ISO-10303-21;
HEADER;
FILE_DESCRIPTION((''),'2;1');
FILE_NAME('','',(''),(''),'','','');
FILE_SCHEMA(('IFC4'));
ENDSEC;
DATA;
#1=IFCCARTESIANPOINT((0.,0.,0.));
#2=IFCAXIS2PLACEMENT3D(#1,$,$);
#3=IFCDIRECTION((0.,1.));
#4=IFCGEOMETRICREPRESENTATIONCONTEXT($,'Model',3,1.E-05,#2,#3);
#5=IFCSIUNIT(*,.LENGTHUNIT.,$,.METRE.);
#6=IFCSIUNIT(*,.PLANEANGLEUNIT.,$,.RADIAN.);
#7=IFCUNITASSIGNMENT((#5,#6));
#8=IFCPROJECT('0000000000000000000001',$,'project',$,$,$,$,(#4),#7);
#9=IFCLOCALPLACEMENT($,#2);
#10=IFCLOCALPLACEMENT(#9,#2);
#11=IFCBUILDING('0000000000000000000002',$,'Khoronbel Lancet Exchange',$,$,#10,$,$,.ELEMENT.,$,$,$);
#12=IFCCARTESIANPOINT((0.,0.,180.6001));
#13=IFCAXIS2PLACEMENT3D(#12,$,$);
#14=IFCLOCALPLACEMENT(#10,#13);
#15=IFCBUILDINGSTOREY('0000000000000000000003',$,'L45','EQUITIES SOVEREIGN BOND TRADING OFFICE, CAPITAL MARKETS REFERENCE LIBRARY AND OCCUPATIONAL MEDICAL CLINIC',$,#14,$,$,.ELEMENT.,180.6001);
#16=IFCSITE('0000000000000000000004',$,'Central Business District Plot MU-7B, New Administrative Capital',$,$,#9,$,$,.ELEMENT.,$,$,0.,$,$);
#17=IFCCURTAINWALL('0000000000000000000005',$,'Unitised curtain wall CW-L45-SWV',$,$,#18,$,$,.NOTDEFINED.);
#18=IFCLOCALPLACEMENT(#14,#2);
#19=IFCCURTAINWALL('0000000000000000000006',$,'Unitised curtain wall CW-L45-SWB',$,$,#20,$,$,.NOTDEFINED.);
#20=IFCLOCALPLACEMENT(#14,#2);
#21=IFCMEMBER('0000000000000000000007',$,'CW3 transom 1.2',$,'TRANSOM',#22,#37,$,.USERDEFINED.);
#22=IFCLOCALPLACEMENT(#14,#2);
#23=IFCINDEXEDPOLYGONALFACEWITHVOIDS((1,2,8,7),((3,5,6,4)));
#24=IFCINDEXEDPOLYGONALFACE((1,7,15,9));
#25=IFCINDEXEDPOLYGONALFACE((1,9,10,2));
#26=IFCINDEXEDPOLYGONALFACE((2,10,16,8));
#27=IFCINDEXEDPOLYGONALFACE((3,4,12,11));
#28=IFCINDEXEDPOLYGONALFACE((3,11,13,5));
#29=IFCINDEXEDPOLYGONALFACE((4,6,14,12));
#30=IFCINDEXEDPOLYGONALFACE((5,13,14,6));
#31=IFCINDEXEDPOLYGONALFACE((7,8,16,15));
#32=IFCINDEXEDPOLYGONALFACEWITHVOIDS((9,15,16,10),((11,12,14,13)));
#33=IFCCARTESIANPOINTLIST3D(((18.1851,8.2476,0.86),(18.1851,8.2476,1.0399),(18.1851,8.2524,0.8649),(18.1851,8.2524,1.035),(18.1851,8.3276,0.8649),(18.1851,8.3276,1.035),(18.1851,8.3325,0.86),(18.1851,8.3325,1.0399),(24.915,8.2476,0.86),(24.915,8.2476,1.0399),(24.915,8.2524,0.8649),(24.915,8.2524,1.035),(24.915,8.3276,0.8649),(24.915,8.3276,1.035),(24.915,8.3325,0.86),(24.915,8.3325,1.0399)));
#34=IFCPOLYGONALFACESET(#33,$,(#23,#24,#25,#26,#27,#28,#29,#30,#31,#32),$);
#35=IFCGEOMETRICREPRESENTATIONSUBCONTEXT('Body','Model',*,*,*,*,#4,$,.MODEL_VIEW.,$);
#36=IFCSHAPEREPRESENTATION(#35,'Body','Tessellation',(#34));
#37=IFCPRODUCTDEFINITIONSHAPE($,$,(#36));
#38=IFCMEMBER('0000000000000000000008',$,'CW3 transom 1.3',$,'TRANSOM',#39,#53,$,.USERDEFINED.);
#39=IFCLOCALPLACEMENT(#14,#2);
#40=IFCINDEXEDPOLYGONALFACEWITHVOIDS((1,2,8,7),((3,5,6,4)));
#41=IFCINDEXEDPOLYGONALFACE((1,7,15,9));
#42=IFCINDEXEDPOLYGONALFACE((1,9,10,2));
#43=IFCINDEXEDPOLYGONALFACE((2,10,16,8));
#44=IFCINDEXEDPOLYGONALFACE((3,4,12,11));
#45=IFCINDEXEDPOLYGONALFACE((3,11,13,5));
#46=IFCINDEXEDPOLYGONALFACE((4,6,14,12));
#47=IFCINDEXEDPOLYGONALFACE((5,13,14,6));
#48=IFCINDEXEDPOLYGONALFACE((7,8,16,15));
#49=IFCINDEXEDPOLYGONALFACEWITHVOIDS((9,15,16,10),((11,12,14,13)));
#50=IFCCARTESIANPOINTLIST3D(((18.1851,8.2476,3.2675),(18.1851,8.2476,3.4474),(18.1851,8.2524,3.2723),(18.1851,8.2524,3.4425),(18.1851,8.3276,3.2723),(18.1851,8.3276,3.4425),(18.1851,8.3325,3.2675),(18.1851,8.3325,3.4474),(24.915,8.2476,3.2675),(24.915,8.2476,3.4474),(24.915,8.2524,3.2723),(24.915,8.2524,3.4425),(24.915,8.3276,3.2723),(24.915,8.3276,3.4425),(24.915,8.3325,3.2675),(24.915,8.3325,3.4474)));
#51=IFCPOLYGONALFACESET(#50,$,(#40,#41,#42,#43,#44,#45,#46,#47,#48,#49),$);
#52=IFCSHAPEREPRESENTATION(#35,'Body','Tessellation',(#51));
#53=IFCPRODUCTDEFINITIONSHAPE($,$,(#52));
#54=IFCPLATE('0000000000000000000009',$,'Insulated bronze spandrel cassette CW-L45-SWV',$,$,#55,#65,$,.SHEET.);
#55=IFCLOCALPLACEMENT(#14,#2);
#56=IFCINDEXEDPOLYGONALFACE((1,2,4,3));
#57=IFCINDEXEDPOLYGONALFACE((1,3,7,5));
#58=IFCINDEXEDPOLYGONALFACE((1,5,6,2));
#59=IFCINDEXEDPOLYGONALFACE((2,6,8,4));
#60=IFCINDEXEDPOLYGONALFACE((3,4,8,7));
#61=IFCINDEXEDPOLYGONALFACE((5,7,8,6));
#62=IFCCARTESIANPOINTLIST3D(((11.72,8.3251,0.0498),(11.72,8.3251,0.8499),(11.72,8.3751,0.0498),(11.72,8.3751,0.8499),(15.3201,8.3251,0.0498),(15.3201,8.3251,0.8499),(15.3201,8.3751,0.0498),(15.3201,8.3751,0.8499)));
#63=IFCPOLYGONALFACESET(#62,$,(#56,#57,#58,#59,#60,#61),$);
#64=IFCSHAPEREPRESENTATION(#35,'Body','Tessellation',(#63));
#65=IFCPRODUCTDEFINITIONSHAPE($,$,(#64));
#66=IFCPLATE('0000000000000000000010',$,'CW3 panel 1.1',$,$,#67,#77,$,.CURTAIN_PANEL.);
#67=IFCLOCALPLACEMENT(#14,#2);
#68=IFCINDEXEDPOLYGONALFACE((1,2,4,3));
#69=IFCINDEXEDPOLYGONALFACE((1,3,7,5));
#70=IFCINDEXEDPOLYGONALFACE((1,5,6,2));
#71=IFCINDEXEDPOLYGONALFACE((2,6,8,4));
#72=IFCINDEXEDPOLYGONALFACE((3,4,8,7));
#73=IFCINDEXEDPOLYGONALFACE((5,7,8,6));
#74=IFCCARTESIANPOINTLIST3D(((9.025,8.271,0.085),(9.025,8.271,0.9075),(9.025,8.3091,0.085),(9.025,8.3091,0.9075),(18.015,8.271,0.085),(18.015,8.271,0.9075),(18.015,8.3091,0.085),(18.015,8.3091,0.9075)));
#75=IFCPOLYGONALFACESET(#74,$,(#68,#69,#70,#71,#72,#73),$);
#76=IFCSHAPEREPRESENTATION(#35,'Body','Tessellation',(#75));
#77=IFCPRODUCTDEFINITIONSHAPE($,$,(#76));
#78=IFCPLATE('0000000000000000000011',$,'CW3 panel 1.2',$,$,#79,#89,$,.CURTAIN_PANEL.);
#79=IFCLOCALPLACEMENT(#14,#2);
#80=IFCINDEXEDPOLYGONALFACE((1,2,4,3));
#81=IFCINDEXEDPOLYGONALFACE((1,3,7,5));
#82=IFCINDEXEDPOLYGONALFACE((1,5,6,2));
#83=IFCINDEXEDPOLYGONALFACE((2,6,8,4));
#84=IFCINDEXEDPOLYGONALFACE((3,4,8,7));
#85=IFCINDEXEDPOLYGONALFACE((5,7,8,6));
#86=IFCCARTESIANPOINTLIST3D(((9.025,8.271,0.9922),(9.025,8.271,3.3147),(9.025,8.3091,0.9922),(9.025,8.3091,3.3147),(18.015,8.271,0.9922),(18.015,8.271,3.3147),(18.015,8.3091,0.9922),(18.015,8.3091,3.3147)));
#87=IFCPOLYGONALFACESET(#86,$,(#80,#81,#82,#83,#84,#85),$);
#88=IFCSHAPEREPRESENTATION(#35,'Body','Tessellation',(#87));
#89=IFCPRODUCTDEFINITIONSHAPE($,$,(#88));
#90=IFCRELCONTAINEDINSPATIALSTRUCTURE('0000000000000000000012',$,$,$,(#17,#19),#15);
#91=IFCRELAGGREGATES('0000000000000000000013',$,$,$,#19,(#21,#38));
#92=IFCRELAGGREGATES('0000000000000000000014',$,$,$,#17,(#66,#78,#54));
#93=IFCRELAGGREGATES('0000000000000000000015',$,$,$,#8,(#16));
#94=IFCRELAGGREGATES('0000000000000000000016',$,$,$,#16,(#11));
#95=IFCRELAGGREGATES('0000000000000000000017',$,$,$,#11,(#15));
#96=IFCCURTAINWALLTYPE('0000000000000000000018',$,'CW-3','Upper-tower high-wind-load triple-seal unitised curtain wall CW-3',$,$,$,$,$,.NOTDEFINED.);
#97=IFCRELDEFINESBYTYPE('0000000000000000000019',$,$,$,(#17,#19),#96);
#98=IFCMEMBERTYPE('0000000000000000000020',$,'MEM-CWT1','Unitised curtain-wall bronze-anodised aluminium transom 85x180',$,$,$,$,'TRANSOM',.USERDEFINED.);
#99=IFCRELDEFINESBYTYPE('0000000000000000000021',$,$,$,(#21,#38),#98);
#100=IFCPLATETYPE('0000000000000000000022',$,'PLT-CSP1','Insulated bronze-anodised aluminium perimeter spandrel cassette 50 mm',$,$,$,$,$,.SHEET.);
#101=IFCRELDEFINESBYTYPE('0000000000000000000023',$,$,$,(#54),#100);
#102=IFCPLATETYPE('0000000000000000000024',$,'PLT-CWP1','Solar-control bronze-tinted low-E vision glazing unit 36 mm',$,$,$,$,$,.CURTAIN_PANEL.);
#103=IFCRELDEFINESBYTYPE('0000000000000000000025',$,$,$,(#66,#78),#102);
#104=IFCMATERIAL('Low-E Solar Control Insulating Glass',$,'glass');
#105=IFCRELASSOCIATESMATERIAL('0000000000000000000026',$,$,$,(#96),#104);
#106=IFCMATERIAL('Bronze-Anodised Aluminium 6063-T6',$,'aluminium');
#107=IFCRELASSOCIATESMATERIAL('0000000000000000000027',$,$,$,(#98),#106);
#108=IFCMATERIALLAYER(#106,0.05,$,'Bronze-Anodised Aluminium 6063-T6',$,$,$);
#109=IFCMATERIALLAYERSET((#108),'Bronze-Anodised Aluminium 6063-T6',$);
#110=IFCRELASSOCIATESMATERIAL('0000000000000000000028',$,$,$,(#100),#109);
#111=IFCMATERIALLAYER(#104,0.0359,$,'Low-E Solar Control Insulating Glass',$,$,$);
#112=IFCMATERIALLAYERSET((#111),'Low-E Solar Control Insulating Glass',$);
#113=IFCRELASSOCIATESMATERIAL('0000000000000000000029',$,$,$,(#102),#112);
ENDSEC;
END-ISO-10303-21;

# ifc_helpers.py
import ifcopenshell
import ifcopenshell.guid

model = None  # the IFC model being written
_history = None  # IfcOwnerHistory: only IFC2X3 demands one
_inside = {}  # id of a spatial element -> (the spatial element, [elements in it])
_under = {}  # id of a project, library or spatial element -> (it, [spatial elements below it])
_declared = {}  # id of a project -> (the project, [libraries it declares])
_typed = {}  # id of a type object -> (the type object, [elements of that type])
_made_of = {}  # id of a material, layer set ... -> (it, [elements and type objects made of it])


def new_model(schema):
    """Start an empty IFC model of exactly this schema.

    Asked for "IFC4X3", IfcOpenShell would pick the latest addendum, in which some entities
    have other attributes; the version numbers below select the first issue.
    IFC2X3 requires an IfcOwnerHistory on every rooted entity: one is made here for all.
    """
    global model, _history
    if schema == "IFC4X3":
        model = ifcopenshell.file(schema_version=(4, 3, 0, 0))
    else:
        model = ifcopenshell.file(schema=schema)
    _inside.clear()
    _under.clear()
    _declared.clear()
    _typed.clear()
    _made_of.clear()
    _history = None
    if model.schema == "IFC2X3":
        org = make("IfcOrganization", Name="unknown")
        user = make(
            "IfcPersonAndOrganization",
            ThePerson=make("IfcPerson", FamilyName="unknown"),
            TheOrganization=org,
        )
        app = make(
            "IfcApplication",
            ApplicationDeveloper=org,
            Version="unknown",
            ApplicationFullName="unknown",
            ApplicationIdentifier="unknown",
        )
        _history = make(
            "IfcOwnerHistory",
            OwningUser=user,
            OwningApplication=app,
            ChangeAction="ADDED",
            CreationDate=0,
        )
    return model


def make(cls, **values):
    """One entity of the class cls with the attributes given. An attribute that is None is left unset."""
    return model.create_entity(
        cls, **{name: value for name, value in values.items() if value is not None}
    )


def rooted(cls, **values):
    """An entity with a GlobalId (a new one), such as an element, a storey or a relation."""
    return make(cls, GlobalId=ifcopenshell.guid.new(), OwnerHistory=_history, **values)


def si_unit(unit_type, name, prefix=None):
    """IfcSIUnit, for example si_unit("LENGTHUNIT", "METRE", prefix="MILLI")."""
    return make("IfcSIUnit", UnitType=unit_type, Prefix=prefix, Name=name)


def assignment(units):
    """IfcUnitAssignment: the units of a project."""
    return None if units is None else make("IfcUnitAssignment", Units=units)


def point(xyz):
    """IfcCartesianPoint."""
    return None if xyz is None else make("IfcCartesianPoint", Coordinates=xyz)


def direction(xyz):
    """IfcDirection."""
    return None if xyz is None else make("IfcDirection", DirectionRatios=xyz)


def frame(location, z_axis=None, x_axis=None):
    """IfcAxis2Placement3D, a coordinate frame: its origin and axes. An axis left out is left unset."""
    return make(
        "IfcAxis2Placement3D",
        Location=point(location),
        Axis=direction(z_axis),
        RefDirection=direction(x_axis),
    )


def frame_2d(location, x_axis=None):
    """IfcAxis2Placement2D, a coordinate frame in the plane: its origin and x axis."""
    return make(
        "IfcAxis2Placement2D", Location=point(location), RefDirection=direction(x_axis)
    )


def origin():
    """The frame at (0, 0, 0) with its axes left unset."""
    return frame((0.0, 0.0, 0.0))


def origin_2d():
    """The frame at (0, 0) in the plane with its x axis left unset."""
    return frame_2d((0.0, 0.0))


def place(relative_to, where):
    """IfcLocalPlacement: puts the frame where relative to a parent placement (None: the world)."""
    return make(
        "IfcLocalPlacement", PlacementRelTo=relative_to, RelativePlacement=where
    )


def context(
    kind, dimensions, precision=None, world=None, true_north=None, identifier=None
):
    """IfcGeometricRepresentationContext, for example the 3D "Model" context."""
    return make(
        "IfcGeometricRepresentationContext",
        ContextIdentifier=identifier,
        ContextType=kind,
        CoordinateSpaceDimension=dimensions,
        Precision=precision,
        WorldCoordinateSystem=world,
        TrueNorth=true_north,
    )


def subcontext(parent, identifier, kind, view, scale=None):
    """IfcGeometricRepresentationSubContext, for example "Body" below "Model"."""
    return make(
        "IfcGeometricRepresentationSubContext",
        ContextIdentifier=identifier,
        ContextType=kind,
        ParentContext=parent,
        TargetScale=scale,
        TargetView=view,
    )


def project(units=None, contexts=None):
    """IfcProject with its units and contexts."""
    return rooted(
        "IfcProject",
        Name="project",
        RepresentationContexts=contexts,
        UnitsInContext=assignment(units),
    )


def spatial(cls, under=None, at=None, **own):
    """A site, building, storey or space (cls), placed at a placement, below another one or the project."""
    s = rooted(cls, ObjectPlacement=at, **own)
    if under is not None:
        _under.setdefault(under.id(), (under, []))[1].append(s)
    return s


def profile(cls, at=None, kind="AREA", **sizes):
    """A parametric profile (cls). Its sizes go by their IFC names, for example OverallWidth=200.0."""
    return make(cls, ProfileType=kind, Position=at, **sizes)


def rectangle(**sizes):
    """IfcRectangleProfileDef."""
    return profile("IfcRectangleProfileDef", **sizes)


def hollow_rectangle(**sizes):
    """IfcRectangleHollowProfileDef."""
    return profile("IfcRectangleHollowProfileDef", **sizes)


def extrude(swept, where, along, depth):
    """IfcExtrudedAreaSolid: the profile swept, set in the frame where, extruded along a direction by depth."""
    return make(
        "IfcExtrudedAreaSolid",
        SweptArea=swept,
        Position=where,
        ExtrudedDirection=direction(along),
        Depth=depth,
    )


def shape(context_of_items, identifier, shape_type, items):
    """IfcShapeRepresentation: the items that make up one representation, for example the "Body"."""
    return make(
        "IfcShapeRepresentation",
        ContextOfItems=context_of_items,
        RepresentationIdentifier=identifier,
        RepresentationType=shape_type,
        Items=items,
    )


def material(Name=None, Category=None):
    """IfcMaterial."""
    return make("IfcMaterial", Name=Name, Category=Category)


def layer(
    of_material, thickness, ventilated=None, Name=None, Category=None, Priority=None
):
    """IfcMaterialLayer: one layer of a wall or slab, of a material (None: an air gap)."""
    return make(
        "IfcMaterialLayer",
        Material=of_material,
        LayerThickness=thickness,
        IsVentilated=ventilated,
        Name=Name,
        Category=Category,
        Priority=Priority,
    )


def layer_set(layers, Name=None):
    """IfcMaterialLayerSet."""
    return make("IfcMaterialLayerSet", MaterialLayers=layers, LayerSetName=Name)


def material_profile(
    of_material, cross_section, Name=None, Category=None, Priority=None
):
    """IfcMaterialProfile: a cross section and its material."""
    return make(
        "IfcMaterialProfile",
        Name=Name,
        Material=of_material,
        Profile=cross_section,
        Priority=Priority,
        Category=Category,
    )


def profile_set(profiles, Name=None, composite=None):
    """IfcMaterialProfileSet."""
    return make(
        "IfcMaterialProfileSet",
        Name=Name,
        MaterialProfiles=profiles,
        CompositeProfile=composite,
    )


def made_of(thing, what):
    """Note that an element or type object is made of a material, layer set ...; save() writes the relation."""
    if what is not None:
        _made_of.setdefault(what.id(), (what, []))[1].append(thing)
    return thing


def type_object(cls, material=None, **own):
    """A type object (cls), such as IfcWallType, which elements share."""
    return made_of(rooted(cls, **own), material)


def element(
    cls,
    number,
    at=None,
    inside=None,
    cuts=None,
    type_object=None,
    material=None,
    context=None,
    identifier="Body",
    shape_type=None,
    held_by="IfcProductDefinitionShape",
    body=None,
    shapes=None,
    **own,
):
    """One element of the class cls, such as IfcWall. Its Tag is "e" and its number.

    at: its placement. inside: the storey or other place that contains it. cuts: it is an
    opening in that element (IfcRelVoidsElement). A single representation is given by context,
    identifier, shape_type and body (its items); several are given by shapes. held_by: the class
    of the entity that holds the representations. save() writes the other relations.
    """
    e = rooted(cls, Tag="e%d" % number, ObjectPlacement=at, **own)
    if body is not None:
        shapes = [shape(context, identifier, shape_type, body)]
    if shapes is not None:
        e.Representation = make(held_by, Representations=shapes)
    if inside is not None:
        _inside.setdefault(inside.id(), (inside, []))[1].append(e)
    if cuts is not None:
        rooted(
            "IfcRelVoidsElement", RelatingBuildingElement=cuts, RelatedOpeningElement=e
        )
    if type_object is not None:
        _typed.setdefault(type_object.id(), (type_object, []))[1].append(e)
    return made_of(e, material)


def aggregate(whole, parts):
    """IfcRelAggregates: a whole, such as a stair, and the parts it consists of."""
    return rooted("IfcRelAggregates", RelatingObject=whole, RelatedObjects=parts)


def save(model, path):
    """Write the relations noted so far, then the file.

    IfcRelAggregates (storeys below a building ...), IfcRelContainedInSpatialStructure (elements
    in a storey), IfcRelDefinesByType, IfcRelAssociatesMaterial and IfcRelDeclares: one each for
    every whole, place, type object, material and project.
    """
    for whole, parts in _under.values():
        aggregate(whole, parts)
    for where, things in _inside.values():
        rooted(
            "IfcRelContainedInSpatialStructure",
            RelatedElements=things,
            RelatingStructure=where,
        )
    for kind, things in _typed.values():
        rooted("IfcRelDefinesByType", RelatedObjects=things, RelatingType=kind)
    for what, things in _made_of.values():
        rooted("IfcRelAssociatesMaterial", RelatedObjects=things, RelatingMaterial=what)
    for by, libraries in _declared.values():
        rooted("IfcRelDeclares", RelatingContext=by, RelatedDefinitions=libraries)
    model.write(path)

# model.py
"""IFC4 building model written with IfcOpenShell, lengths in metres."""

from ifc_helpers import new_model, si_unit, direction, frame, origin, origin_2d, place, context, subcontext, project, spatial, rectangle, hollow_rectangle, extrude, material, layer, layer_set, material_profile, profile_set, type_object, element, aggregate, save


model = new_model("IFC4")

# Units and contexts
model_context = context("Model", 3, precision=1e-05, world=origin(), true_north=direction((0.0, 1.0)))
body_context = subcontext(model_context, "Body", "Model", "MODEL_VIEW")
ifc_project = project(units=[si_unit("LENGTHUNIT", "METRE"), si_unit("PLANEANGLEUNIT", "RADIAN")], contexts=[model_context])

# Site, building, storey
site_placement = place(None, origin())
site = spatial("IfcSite", under=ifc_project, at=site_placement, Name="Central Business District Plot MU-7B, New Administrative Capital", CompositionType="ELEMENT", RefElevation=0.0)
building_placement = place(site_placement, origin())
building = spatial("IfcBuilding", under=site, at=building_placement, Name="Khoronbel Lancet Exchange", CompositionType="ELEMENT")
storey_placement = place(building_placement, frame((0.0, 0.0, 180.6001)))
storey = spatial("IfcBuildingStorey", under=building, at=storey_placement, Name="L45", Description="EQUITIES SOVEREIGN BOND TRADING OFFICE, CAPITAL MARKETS REFERENCE LIBRARY AND OCCUPATIONAL MEDICAL CLINIC", CompositionType="ELEMENT", Elevation=180.6001)

# Curtain wall
ifc_material_1 = material(Name="Low-E Solar Control Insulating Glass", Category="glass")
curtain_wall_type = type_object("IfcCurtainWallType", Name="CW-3", Description="Upper-tower high-wind-load triple-seal unitised curtain wall CW-3", PredefinedType="NOTDEFINED", material=ifc_material_1)
curtain_wall_1_placement = place(storey_placement, origin())
curtain_wall_1 = element("IfcCurtainWall", 1, at=curtain_wall_1_placement, inside=storey, type_object=curtain_wall_type, Name="Unitised curtain wall CW-L45-SWV", PredefinedType="NOTDEFINED")
ifc_material_2 = material(Name="Bronze-Anodised Aluminium 6063-T6", Category="aluminium")

# Curtain wall
curtain_wall_2_placement = place(storey_placement, origin())
curtain_wall_2 = element("IfcCurtainWall", 2, at=curtain_wall_2_placement, inside=storey, type_object=curtain_wall_type, Name="Unitised curtain wall CW-L45-SWB", PredefinedType="NOTDEFINED")

# Members
ifc_material_profile_1 = material_profile(ifc_material_2, hollow_rectangle(XDim=0.085, YDim=0.1799, WallThickness=0.0049, at=origin_2d()), Name="ALU TRANSOM 85x180")
ifc_profile_set_1 = profile_set([ifc_material_profile_1], Name="Bronze-Anodised Aluminium 6063-T6")
member_type_1 = type_object("IfcMemberType", Name="MEM-CWT1", Description="Unitised curtain-wall bronze-anodised aluminium transom 85x180", ElementType="TRANSOM", PredefinedType="USERDEFINED", material=ifc_profile_set_1)
member_1_placement = place(storey_placement, frame((18.1851, 8.29, 0.95), z_axis=(1.0, 0.0, 0.0), x_axis=(0.0, 1.0, 0.0)))
member_1 = element("IfcMember", 3, at=member_1_placement, type_object=member_type_1, Name="CW3 transom 1.2", ObjectType="TRANSOM", PredefinedType="USERDEFINED", context=body_context, shape_type="SweptSolid", body=[
    extrude(hollow_rectangle(XDim=0.085, YDim=0.1799, WallThickness=0.0049, at=origin_2d()), origin(), (0.0, 0.0, 1.0), 6.73),
])
member_2_placement = place(storey_placement, frame((18.1851, 8.29, 3.3574), z_axis=(1.0, 0.0, 0.0), x_axis=(0.0, 1.0, 0.0)))
member_2 = element("IfcMember", 4, at=member_2_placement, type_object=member_type_1, Name="CW3 transom 1.3", ObjectType="TRANSOM", PredefinedType="USERDEFINED", context=body_context, shape_type="SweptSolid", body=[
    extrude(hollow_rectangle(XDim=0.085, YDim=0.1799, WallThickness=0.0049, at=origin_2d()), origin(), (0.0, 0.0, 1.0), 6.73),
])
aggregate(curtain_wall_2, [member_1, member_2])

# Plates
ifc_layer_1 = layer(ifc_material_2, 0.05, Name="Bronze-Anodised Aluminium 6063-T6")
ifc_layer_set_1 = layer_set([ifc_layer_1], Name="Bronze-Anodised Aluminium 6063-T6")
plate_type_1 = type_object("IfcPlateType", Name="PLT-CSP1", Description="Insulated bronze-anodised aluminium perimeter spandrel cassette 50 mm", PredefinedType="SHEET", material=ifc_layer_set_1)
plate_1_placement = place(storey_placement, frame((13.52, 8.3501, 0.0498), z_axis=(0.0, 0.0, 1.0), x_axis=(1.0, 0.0, 0.0)))
plate_1 = element("IfcPlate", 5, at=plate_1_placement, type_object=plate_type_1, Name="Insulated bronze spandrel cassette CW-L45-SWV", PredefinedType="SHEET", context=body_context, shape_type="SweptSolid", body=[
    extrude(rectangle(XDim=3.6001, YDim=0.05, at=origin_2d()), origin(), (0.0, 0.0, 1.0), 0.8),
])
ifc_layer_2 = layer(ifc_material_1, 0.0359, Name="Low-E Solar Control Insulating Glass")
ifc_layer_set_2 = layer_set([ifc_layer_2], Name="Low-E Solar Control Insulating Glass")
plate_type_2 = type_object("IfcPlateType", Name="PLT-CWP1", Description="Solar-control bronze-tinted low-E vision glazing unit 36 mm", PredefinedType="CURTAIN_PANEL", material=ifc_layer_set_2)
plate_2_placement = place(storey_placement, frame((13.52, 8.29, 0.085), z_axis=(0.0, 0.0, 1.0), x_axis=(1.0, 0.0, 0.0)))
plate_2 = element("IfcPlate", 6, at=plate_2_placement, type_object=plate_type_2, Name="CW3 panel 1.1", PredefinedType="CURTAIN_PANEL", context=body_context, shape_type="SweptSolid", body=[
    extrude(rectangle(XDim=8.99, YDim=0.0381, at=origin_2d()), origin(), (0.0, 0.0, 1.0), 0.8225),
])
plate_3_placement = place(storey_placement, frame((13.52, 8.29, 0.9922), z_axis=(0.0, 0.0, 1.0), x_axis=(1.0, 0.0, 0.0)))
plate_3 = element("IfcPlate", 7, at=plate_3_placement, type_object=plate_type_2, Name="CW3 panel 1.2", PredefinedType="CURTAIN_PANEL", context=body_context, shape_type="SweptSolid", body=[
    extrude(rectangle(XDim=8.99, YDim=0.0381, at=origin_2d()), origin(), (0.0, 0.0, 1.0), 2.3225),
])
aggregate(curtain_wall_1, [plate_2, plate_3, plate_1])

save(model, "model.ifc")
